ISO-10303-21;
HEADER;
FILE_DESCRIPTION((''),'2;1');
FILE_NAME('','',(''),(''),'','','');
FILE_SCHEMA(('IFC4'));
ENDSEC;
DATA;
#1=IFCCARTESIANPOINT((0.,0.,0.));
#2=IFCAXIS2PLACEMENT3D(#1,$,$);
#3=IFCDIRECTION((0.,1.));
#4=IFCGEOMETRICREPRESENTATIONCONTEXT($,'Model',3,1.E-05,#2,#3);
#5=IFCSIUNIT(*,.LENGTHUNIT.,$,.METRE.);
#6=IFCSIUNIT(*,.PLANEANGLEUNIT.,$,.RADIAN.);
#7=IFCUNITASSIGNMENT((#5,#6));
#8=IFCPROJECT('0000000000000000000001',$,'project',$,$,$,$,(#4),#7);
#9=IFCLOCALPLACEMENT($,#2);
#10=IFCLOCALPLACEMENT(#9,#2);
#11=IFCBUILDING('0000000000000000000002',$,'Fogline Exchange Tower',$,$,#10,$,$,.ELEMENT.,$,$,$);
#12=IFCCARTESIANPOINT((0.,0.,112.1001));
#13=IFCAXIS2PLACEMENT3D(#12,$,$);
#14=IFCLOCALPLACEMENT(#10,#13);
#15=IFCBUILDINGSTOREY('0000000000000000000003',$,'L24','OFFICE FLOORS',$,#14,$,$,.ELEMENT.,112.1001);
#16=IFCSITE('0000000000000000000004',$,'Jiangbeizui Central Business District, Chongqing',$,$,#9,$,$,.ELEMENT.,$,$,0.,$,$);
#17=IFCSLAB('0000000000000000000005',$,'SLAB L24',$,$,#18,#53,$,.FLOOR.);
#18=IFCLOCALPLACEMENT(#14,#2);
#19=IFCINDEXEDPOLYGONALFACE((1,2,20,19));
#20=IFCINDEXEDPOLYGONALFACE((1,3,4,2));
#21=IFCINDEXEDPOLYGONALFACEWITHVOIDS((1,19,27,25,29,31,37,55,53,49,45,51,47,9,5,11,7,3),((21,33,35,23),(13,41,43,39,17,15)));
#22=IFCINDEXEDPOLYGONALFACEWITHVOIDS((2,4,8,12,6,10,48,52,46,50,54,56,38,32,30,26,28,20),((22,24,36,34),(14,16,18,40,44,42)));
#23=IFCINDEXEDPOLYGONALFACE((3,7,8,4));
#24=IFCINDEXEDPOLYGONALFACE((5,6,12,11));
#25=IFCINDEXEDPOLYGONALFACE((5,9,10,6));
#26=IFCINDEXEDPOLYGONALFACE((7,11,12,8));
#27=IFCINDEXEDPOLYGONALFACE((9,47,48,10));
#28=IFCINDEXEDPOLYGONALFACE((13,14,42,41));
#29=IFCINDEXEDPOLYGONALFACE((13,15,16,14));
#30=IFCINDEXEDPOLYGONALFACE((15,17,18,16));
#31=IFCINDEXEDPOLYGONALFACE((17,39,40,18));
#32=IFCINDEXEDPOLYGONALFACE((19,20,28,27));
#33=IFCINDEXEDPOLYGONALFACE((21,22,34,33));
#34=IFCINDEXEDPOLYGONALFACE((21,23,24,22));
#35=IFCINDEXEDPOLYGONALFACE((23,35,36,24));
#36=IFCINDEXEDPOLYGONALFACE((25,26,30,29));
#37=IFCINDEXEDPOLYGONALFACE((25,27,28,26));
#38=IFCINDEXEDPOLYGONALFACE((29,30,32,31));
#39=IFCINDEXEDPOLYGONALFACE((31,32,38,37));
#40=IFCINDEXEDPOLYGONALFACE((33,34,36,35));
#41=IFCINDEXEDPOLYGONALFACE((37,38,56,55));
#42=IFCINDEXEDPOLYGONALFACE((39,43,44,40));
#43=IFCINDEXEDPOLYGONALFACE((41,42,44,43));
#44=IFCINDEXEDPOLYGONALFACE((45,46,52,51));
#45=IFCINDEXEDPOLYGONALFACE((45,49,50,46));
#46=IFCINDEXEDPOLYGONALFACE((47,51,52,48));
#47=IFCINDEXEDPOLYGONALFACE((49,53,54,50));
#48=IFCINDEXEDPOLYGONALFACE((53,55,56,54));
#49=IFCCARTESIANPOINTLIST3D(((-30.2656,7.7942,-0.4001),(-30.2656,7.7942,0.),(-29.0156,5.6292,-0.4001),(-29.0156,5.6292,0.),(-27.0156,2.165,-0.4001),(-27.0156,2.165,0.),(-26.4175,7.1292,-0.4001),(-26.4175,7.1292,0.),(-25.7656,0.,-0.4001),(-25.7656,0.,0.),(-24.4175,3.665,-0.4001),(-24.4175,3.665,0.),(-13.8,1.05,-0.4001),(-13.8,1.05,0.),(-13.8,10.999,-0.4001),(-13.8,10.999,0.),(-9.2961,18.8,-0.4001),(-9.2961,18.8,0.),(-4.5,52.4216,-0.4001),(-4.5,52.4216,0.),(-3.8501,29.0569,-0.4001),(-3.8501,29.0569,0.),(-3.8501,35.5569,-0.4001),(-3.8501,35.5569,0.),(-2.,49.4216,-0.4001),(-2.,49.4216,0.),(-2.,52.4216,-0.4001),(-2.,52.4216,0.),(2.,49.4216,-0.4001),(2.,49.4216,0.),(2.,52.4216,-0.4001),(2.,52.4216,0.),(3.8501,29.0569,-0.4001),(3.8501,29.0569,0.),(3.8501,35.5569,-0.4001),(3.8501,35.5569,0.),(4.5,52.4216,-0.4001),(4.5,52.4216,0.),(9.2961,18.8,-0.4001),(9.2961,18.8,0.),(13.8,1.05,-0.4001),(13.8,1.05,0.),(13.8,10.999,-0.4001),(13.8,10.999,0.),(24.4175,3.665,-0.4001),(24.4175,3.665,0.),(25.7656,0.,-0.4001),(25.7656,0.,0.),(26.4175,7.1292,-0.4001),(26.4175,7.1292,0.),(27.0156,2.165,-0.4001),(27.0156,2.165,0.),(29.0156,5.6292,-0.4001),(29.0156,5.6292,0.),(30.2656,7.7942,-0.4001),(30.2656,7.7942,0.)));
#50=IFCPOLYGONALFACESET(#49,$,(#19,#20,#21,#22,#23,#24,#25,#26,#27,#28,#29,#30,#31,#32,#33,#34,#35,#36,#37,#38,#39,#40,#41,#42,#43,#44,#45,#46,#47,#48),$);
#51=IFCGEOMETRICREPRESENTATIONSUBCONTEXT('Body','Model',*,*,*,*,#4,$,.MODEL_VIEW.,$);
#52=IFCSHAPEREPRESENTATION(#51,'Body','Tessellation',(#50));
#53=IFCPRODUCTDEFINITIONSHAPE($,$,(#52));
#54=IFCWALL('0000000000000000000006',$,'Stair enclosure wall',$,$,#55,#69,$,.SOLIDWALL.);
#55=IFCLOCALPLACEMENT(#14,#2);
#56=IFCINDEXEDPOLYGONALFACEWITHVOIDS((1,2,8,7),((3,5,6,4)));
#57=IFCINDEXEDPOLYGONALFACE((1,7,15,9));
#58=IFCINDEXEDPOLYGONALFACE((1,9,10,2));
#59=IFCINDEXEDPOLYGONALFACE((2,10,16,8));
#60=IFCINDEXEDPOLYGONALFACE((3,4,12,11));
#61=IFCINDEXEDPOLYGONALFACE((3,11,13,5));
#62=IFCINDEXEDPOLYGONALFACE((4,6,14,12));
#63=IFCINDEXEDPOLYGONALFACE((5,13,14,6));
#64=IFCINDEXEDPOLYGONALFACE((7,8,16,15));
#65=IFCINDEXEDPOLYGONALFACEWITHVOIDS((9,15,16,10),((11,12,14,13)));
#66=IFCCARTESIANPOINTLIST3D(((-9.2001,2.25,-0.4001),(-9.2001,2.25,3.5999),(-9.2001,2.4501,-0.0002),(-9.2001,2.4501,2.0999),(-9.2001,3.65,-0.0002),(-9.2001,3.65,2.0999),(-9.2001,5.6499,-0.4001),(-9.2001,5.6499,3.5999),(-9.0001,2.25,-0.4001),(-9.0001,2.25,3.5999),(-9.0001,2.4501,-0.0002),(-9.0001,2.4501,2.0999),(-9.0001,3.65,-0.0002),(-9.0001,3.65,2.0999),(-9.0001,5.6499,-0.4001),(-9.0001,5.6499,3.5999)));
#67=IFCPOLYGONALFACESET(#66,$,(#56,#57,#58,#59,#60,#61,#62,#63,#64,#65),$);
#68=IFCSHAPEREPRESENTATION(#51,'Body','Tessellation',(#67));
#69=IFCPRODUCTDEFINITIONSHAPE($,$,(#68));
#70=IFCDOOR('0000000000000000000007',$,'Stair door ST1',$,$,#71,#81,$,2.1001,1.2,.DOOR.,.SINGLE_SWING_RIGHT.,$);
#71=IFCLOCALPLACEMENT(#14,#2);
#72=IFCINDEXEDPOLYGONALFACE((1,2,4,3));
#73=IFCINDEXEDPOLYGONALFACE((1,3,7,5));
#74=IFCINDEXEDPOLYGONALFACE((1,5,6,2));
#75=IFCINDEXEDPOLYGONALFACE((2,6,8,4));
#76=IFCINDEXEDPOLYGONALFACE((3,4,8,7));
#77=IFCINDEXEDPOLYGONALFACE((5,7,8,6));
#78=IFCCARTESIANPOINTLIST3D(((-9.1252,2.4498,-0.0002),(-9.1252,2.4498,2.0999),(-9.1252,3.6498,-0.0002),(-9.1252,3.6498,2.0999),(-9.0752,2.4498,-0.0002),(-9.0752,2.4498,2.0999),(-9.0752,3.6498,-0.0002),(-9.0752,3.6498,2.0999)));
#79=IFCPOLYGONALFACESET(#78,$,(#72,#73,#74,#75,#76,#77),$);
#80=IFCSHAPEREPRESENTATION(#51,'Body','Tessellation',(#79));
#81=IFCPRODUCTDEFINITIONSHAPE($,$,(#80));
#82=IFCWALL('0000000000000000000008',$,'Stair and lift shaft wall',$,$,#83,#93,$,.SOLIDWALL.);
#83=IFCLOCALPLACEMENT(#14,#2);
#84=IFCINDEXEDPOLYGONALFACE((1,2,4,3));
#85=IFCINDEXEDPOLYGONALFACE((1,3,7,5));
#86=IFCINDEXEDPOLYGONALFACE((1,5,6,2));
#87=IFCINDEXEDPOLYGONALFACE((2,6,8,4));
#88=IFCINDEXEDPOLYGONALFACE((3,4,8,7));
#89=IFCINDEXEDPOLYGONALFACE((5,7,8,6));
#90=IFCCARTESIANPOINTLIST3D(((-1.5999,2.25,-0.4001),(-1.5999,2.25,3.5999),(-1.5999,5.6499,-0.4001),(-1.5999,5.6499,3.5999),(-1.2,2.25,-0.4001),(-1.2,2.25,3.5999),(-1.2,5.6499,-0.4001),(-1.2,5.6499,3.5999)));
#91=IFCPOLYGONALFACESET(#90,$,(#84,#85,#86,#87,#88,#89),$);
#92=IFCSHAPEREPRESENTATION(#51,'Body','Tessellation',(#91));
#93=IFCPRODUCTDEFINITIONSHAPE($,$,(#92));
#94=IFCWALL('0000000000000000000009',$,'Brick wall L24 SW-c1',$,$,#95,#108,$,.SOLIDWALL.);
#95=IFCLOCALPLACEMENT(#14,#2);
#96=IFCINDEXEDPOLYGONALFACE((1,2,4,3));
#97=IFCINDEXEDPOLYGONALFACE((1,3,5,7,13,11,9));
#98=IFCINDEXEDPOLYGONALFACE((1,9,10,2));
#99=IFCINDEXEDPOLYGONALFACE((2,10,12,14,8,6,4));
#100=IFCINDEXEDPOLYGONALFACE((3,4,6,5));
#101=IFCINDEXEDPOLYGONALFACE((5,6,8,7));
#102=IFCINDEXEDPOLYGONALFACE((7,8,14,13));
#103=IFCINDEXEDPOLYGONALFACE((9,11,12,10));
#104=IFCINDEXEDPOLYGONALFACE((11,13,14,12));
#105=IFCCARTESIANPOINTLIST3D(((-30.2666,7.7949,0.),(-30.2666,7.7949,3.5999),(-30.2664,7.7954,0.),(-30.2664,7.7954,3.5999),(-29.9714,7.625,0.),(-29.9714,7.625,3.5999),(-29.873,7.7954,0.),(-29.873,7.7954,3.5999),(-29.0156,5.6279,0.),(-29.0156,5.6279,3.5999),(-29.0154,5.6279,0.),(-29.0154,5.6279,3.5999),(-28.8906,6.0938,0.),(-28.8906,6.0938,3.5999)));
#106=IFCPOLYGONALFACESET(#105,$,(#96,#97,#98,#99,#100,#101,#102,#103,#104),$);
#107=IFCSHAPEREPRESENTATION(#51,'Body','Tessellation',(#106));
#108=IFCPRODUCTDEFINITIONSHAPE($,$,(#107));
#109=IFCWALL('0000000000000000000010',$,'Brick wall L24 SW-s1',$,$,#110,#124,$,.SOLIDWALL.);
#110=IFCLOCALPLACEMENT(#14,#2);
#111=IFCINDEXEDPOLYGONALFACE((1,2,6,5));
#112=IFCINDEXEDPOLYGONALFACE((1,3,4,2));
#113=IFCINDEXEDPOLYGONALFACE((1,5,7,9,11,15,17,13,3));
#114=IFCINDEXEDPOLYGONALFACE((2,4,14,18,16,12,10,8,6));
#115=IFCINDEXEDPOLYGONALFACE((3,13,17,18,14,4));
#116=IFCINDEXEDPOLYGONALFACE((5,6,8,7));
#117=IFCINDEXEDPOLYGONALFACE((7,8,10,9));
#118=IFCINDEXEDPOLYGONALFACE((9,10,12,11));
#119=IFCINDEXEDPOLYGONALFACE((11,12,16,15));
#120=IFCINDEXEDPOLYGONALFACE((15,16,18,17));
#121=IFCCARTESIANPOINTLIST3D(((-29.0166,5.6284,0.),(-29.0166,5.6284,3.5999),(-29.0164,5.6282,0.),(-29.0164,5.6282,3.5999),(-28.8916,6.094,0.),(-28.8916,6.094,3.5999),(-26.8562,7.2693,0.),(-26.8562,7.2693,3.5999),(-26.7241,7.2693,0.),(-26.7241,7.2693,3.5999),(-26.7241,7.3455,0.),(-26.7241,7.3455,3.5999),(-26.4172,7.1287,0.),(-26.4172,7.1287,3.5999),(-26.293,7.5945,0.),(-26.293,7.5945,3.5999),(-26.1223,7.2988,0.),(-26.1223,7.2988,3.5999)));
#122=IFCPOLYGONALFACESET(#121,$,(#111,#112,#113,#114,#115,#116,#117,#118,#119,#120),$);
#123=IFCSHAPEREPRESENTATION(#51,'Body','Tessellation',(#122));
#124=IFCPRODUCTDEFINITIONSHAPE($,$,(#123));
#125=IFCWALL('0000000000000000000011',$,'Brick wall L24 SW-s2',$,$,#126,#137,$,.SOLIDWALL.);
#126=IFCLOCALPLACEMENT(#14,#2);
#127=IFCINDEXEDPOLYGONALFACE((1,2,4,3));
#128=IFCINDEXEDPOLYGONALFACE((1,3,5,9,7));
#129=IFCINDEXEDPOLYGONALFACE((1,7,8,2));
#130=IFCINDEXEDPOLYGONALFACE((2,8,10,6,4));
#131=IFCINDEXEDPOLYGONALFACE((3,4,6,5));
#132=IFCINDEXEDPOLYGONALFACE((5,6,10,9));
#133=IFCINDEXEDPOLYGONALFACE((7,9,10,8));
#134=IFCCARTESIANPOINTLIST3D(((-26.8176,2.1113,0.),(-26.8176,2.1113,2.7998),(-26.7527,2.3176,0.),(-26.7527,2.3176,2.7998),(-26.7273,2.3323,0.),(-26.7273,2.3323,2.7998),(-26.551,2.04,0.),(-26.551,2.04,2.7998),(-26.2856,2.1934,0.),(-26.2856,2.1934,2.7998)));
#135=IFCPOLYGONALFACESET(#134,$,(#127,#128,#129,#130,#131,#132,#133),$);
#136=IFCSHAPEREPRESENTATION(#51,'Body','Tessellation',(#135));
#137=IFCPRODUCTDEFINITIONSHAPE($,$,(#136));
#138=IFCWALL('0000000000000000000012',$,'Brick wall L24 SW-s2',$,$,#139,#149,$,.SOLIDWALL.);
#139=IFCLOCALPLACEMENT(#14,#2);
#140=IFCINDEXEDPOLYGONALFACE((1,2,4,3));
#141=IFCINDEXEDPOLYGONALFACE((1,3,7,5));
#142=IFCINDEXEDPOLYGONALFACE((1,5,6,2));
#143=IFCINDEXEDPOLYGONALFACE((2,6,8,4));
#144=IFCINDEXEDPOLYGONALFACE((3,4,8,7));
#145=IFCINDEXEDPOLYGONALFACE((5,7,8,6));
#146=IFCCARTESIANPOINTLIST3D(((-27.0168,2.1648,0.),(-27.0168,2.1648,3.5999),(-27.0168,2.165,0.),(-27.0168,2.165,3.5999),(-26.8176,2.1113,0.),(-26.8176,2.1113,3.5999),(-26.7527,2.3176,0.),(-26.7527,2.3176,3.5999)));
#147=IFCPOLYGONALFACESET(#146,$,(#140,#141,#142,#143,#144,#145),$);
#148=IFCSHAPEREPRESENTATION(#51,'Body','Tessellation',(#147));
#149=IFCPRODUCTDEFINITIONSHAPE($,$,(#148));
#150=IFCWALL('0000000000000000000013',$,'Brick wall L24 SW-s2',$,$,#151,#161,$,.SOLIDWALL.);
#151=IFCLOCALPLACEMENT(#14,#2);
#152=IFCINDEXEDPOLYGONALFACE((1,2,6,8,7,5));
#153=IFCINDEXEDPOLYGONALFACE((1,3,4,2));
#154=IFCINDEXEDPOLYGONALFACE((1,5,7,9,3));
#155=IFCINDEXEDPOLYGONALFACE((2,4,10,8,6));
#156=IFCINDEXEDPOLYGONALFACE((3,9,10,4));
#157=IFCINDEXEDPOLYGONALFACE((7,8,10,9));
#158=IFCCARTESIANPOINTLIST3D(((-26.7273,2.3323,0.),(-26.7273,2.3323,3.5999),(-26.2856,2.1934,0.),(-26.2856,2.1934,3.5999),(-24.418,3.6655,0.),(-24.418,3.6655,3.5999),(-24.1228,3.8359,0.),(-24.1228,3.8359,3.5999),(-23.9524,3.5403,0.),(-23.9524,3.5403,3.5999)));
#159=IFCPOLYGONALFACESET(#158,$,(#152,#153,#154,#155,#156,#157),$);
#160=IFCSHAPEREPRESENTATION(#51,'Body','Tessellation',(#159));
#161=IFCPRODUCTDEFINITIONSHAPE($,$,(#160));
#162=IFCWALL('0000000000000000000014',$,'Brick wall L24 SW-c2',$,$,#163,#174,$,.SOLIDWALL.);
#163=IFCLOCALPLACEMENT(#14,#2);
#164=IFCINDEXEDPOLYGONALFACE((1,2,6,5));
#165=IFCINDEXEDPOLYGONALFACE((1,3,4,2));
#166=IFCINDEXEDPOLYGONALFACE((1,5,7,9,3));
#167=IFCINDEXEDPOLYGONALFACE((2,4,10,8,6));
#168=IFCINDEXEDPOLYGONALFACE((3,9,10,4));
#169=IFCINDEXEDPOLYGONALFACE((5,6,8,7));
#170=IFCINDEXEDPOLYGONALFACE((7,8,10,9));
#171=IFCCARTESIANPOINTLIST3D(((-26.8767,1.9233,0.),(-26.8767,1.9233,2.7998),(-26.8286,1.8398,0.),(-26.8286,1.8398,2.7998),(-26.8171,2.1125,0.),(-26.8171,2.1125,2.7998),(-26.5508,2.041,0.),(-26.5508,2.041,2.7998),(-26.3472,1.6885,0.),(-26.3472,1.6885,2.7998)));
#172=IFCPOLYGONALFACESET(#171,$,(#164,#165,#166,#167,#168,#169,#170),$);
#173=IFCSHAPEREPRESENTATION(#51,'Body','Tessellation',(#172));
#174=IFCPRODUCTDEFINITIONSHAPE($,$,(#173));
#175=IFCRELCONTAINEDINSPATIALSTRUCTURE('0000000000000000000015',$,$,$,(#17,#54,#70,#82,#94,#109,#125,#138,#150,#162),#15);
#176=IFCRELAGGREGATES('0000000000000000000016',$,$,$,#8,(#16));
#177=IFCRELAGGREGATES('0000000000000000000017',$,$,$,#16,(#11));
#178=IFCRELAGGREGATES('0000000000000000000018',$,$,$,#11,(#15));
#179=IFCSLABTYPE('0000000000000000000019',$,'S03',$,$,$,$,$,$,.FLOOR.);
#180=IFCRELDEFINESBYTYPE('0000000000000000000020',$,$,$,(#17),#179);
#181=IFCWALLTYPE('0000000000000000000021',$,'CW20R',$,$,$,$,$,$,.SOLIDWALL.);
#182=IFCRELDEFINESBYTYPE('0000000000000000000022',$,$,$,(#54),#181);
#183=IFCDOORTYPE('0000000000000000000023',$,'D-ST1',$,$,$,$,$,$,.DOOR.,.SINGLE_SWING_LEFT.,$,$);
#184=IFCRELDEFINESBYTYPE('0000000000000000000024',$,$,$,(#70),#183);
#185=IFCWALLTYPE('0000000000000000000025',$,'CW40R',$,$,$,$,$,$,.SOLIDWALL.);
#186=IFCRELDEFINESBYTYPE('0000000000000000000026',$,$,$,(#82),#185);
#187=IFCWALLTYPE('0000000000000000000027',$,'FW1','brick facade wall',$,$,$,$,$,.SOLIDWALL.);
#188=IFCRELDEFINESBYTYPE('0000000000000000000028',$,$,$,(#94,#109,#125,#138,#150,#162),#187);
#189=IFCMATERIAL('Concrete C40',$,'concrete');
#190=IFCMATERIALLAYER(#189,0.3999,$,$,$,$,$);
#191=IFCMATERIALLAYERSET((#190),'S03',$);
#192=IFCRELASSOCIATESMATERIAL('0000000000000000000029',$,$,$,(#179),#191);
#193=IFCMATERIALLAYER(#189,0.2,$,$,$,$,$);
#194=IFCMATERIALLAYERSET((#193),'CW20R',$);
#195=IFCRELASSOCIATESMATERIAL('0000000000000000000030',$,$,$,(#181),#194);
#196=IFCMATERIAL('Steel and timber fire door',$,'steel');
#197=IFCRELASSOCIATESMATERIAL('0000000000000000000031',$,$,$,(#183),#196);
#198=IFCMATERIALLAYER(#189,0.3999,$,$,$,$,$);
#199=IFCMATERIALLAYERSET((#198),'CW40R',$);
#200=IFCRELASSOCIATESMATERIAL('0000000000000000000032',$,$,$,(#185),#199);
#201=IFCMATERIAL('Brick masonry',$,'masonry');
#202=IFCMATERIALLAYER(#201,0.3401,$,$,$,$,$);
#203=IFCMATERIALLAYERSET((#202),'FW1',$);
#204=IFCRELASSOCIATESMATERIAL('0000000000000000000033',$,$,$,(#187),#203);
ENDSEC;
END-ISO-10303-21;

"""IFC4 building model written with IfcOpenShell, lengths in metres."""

from ifc_helpers import new_model, si_unit, direction, frame, frame_2d, origin, place, context, subcontext, project, spatial, polyline, rectangle, outline, extrude, material, layer, layer_set, type_object, element, fill, save


model = new_model("IFC4")

# Units and contexts
model_context = context("Model", 3, precision=1e-05, world=origin(), true_north=direction((0.0, 1.0)))
body_context = subcontext(model_context, "Body", "Model", "MODEL_VIEW")
ifc_project = project(units=[si_unit("LENGTHUNIT", "METRE"), si_unit("PLANEANGLEUNIT", "RADIAN")], contexts=[model_context])

# Site, building, storey
site_placement = place(None, origin())
site = spatial("IfcSite", under=ifc_project, at=site_placement, Name="Jiangbeizui Central Business District, Chongqing", CompositionType="ELEMENT", RefElevation=0.0)
building_placement = place(site_placement, origin())
building = spatial("IfcBuilding", under=site, at=building_placement, Name="Fogline Exchange Tower", CompositionType="ELEMENT")
storey_placement = place(building_placement, frame((0.0, 0.0, 112.1001)))
storey = spatial("IfcBuildingStorey", under=building, at=storey_placement, Name="L24", Description="OFFICE FLOORS", CompositionType="ELEMENT", Elevation=112.1001)

# Slab
ifc_material_1 = material(Name="Concrete C40", Category="concrete")
ifc_layer_1 = layer(ifc_material_1, 0.3999)
ifc_layer_set_1 = layer_set([ifc_layer_1], Name="S03")
slab_type = type_object("IfcSlabType", Name="S03", PredefinedType="FLOOR", material=ifc_layer_set_1)
slab_placement = place(storey_placement, frame((0.0, 0.0, -0.4001)))
element("IfcSlab", 1, at=slab_placement, inside=storey, type_object=slab_type, Name="SLAB L24", PredefinedType="FLOOR", context=body_context, shape_type="SweptSolid", body=[
    extrude(outline(polyline([(-2.0, 52.4216), (-4.5, 52.4216), (-30.2656, 7.7942), (-29.0156, 5.6292), (-26.4175, 7.1292), (-24.4175, 3.665), (-27.0156, 2.165), (-25.7656, 0.0), (25.7656, 0.0), (27.0156, 2.165), (24.4175, 3.665), (26.4175, 7.1292), (29.0156, 5.6292), (30.2656, 7.7942), (4.5, 52.4216), (2.0, 52.4216), (2.0, 49.4216), (-2.0, 49.4216), (-2.0, 52.4216)]), holes=[polyline([(13.8, 10.999), (13.8, 1.05), (-13.8, 1.05), (-13.8, 10.999), (-9.2961, 18.8), (9.2961, 18.8), (13.8, 10.999)]), polyline([(3.8501, 35.5569), (3.8501, 29.0569), (-3.8501, 29.0569), (-3.8501, 35.5569), (3.8501, 35.5569)])]), origin(), (0.0, 0.0, 1.0), 0.4001),
])

# Wall, opening, door
ifc_layer_2 = layer(ifc_material_1, 0.2)
ifc_layer_set_2 = layer_set([ifc_layer_2], Name="CW20R")
wall_type_1 = type_object("IfcWallType", Name="CW20R", PredefinedType="SOLIDWALL", material=ifc_layer_set_2)
wall_1_placement = place(storey_placement, frame((-9.1001, 2.25, -0.4001), z_axis=(0.0, 0.0, 1.0), x_axis=(0.0, 1.0, 0.0)))
wall_1 = element("IfcWall", 2, at=wall_1_placement, inside=storey, type_object=wall_type_1, Name="Stair enclosure wall", PredefinedType="SOLIDWALL", context=body_context, shape_type="SweptSolid", body=[
    extrude(rectangle(XDim=3.3999, YDim=0.2, at=frame_2d((1.7, 0.0))), origin(), (0.0, 0.0, 1.0), 4.0),
])
opening_placement = place(wall_1_placement, frame((0.2, 0.0, 0.3999)))
opening = element("IfcOpeningElement", 3, at=opening_placement, cuts=wall_1, PredefinedType="OPENING", context=body_context, shape_type="SweptSolid", body=[
    extrude(rectangle(XDim=1.2, YDim=2.1001, at=frame_2d((0.6001, 1.05))), frame((0.0, 0.1099, 0.0), z_axis=(0.0, -1.0, 0.0), x_axis=(1.0, 0.0, 0.0)), (0.0, 0.0, 1.0), 0.22),
])
ifc_material_2 = material(Name="Steel and timber fire door", Category="steel")
door_type = type_object("IfcDoorType", Name="D-ST1", OperationType="SINGLE_SWING_LEFT", PredefinedType="DOOR", material=ifc_material_2)
door_placement = place(opening_placement, frame((1.2, 0.0, 0.0), z_axis=(0.0, 0.0, 1.0), x_axis=(-1.0, 0.0, 0.0)))
door = element("IfcDoor", 4, at=door_placement, inside=storey, type_object=door_type, Name="Stair door ST1", OperationType="SINGLE_SWING_RIGHT", OverallHeight=2.1001, OverallWidth=1.2, PredefinedType="DOOR", context=body_context, shape_type="SweptSolid", body=[
    extrude(rectangle(XDim=1.2, YDim=2.1001, at=frame_2d((0.6001, 1.05))), frame((0.0, 0.0249, 0.0), z_axis=(0.0, -1.0, 0.0), x_axis=(1.0, 0.0, 0.0)), (0.0, 0.0, 1.0), 0.05),
])
fill(opening, door)

# Walls
ifc_layer_3 = layer(ifc_material_1, 0.3999)
ifc_layer_set_3 = layer_set([ifc_layer_3], Name="CW40R")
wall_type_2 = type_object("IfcWallType", Name="CW40R", PredefinedType="SOLIDWALL", material=ifc_layer_set_3)
wall_2_placement = place(storey_placement, frame((-1.3999, 2.25, -0.4001), z_axis=(0.0, 0.0, 1.0), x_axis=(0.0, 1.0, 0.0)))
element("IfcWall", 5, at=wall_2_placement, inside=storey, type_object=wall_type_2, Name="Stair and lift shaft wall", PredefinedType="SOLIDWALL", context=body_context, shape_type="SweptSolid", body=[
    extrude(rectangle(XDim=3.3999, YDim=0.3999, at=frame_2d((1.7, 0.0))), origin(), (0.0, 0.0, 1.0), 4.0),
])
ifc_material_3 = material(Name="Brick masonry", Category="masonry")
ifc_layer_4 = layer(ifc_material_3, 0.3401)
ifc_layer_set_4 = layer_set([ifc_layer_4], Name="FW1")
wall_type_3 = type_object("IfcWallType", Name="FW1", Description="brick facade wall", PredefinedType="SOLIDWALL", material=ifc_layer_set_4)
wall_3_placement = place(storey_placement, origin())
element("IfcWall", 6, at=wall_3_placement, inside=storey, type_object=wall_type_3, Name="Brick wall L24 SW-c1", PredefinedType="SOLIDWALL", context=body_context, shape_type="SweptSolid", body=[
    extrude(outline(polyline([(-29.0156, 5.6279), (-30.2666, 7.7949), (-30.2664, 7.7954), (-29.9714, 7.625), (-29.873, 7.7954), (-28.8906, 6.0938), (-29.0154, 5.6279), (-29.0156, 5.6279)])), origin(), (0.0, 0.0, 1.0), 3.5999),
])
wall_4_placement = place(storey_placement, origin())
element("IfcWall", 7, at=wall_4_placement, inside=storey, type_object=wall_type_3, Name="Brick wall L24 SW-s1", PredefinedType="SOLIDWALL", context=body_context, shape_type="SweptSolid", body=[
    extrude(outline(polyline([(-26.8562, 7.2693), (-26.7241, 7.2693), (-26.7241, 7.3455), (-26.293, 7.5945), (-26.1223, 7.2988), (-26.4172, 7.1287), (-29.0164, 5.6282), (-29.0166, 5.6284), (-28.8916, 6.094), (-26.8562, 7.2693)])), origin(), (0.0, 0.0, 1.0), 3.5999),
])
wall_5_placement = place(storey_placement, origin())
element("IfcWall", 8, at=wall_5_placement, inside=storey, type_object=wall_type_3, Name="Brick wall L24 SW-s2", PredefinedType="SOLIDWALL", context=body_context, shape_type="SweptSolid", body=[
    extrude(outline(polyline([(-26.7273, 2.3323), (-26.2856, 2.1934), (-26.551, 2.04), (-26.8176, 2.1113), (-26.7527, 2.3176), (-26.7273, 2.3323)])), origin(), (0.0, 0.0, 1.0), 2.7998),
])
wall_6_placement = place(storey_placement, origin())
element("IfcWall", 9, at=wall_6_placement, inside=storey, type_object=wall_type_3, Name="Brick wall L24 SW-s2", PredefinedType="SOLIDWALL", context=body_context, shape_type="SweptSolid", body=[
    extrude(outline(polyline([(-26.7527, 2.3176), (-26.8176, 2.1113), (-27.0168, 2.1648), (-27.0168, 2.165), (-26.7527, 2.3176)])), origin(), (0.0, 0.0, 1.0), 3.5999),
])
wall_7_placement = place(storey_placement, origin())
element("IfcWall", 10, at=wall_7_placement, inside=storey, type_object=wall_type_3, Name="Brick wall L24 SW-s2", PredefinedType="SOLIDWALL", context=body_context, shape_type="SweptSolid", body=[
    extrude(outline(polyline([(-24.418, 3.6655), (-24.1228, 3.8359), (-23.9524, 3.5403), (-26.2856, 2.1934), (-26.7273, 2.3323), (-24.418, 3.6655)])), origin(), (0.0, 0.0, 1.0), 3.5999),
])
wall_8_placement = place(storey_placement, origin())
element("IfcWall", 11, at=wall_8_placement, inside=storey, type_object=wall_type_3, Name="Brick wall L24 SW-c2", PredefinedType="SOLIDWALL", context=body_context, shape_type="SweptSolid", body=[
    extrude(outline(polyline([(-26.8767, 1.9233), (-26.8171, 2.1125), (-26.5508, 2.041), (-26.3472, 1.6885), (-26.8286, 1.8398), (-26.8767, 1.9233)])), origin(), (0.0, 0.0, 1.0), 2.7998),
])

save(model, "model.ifc")
